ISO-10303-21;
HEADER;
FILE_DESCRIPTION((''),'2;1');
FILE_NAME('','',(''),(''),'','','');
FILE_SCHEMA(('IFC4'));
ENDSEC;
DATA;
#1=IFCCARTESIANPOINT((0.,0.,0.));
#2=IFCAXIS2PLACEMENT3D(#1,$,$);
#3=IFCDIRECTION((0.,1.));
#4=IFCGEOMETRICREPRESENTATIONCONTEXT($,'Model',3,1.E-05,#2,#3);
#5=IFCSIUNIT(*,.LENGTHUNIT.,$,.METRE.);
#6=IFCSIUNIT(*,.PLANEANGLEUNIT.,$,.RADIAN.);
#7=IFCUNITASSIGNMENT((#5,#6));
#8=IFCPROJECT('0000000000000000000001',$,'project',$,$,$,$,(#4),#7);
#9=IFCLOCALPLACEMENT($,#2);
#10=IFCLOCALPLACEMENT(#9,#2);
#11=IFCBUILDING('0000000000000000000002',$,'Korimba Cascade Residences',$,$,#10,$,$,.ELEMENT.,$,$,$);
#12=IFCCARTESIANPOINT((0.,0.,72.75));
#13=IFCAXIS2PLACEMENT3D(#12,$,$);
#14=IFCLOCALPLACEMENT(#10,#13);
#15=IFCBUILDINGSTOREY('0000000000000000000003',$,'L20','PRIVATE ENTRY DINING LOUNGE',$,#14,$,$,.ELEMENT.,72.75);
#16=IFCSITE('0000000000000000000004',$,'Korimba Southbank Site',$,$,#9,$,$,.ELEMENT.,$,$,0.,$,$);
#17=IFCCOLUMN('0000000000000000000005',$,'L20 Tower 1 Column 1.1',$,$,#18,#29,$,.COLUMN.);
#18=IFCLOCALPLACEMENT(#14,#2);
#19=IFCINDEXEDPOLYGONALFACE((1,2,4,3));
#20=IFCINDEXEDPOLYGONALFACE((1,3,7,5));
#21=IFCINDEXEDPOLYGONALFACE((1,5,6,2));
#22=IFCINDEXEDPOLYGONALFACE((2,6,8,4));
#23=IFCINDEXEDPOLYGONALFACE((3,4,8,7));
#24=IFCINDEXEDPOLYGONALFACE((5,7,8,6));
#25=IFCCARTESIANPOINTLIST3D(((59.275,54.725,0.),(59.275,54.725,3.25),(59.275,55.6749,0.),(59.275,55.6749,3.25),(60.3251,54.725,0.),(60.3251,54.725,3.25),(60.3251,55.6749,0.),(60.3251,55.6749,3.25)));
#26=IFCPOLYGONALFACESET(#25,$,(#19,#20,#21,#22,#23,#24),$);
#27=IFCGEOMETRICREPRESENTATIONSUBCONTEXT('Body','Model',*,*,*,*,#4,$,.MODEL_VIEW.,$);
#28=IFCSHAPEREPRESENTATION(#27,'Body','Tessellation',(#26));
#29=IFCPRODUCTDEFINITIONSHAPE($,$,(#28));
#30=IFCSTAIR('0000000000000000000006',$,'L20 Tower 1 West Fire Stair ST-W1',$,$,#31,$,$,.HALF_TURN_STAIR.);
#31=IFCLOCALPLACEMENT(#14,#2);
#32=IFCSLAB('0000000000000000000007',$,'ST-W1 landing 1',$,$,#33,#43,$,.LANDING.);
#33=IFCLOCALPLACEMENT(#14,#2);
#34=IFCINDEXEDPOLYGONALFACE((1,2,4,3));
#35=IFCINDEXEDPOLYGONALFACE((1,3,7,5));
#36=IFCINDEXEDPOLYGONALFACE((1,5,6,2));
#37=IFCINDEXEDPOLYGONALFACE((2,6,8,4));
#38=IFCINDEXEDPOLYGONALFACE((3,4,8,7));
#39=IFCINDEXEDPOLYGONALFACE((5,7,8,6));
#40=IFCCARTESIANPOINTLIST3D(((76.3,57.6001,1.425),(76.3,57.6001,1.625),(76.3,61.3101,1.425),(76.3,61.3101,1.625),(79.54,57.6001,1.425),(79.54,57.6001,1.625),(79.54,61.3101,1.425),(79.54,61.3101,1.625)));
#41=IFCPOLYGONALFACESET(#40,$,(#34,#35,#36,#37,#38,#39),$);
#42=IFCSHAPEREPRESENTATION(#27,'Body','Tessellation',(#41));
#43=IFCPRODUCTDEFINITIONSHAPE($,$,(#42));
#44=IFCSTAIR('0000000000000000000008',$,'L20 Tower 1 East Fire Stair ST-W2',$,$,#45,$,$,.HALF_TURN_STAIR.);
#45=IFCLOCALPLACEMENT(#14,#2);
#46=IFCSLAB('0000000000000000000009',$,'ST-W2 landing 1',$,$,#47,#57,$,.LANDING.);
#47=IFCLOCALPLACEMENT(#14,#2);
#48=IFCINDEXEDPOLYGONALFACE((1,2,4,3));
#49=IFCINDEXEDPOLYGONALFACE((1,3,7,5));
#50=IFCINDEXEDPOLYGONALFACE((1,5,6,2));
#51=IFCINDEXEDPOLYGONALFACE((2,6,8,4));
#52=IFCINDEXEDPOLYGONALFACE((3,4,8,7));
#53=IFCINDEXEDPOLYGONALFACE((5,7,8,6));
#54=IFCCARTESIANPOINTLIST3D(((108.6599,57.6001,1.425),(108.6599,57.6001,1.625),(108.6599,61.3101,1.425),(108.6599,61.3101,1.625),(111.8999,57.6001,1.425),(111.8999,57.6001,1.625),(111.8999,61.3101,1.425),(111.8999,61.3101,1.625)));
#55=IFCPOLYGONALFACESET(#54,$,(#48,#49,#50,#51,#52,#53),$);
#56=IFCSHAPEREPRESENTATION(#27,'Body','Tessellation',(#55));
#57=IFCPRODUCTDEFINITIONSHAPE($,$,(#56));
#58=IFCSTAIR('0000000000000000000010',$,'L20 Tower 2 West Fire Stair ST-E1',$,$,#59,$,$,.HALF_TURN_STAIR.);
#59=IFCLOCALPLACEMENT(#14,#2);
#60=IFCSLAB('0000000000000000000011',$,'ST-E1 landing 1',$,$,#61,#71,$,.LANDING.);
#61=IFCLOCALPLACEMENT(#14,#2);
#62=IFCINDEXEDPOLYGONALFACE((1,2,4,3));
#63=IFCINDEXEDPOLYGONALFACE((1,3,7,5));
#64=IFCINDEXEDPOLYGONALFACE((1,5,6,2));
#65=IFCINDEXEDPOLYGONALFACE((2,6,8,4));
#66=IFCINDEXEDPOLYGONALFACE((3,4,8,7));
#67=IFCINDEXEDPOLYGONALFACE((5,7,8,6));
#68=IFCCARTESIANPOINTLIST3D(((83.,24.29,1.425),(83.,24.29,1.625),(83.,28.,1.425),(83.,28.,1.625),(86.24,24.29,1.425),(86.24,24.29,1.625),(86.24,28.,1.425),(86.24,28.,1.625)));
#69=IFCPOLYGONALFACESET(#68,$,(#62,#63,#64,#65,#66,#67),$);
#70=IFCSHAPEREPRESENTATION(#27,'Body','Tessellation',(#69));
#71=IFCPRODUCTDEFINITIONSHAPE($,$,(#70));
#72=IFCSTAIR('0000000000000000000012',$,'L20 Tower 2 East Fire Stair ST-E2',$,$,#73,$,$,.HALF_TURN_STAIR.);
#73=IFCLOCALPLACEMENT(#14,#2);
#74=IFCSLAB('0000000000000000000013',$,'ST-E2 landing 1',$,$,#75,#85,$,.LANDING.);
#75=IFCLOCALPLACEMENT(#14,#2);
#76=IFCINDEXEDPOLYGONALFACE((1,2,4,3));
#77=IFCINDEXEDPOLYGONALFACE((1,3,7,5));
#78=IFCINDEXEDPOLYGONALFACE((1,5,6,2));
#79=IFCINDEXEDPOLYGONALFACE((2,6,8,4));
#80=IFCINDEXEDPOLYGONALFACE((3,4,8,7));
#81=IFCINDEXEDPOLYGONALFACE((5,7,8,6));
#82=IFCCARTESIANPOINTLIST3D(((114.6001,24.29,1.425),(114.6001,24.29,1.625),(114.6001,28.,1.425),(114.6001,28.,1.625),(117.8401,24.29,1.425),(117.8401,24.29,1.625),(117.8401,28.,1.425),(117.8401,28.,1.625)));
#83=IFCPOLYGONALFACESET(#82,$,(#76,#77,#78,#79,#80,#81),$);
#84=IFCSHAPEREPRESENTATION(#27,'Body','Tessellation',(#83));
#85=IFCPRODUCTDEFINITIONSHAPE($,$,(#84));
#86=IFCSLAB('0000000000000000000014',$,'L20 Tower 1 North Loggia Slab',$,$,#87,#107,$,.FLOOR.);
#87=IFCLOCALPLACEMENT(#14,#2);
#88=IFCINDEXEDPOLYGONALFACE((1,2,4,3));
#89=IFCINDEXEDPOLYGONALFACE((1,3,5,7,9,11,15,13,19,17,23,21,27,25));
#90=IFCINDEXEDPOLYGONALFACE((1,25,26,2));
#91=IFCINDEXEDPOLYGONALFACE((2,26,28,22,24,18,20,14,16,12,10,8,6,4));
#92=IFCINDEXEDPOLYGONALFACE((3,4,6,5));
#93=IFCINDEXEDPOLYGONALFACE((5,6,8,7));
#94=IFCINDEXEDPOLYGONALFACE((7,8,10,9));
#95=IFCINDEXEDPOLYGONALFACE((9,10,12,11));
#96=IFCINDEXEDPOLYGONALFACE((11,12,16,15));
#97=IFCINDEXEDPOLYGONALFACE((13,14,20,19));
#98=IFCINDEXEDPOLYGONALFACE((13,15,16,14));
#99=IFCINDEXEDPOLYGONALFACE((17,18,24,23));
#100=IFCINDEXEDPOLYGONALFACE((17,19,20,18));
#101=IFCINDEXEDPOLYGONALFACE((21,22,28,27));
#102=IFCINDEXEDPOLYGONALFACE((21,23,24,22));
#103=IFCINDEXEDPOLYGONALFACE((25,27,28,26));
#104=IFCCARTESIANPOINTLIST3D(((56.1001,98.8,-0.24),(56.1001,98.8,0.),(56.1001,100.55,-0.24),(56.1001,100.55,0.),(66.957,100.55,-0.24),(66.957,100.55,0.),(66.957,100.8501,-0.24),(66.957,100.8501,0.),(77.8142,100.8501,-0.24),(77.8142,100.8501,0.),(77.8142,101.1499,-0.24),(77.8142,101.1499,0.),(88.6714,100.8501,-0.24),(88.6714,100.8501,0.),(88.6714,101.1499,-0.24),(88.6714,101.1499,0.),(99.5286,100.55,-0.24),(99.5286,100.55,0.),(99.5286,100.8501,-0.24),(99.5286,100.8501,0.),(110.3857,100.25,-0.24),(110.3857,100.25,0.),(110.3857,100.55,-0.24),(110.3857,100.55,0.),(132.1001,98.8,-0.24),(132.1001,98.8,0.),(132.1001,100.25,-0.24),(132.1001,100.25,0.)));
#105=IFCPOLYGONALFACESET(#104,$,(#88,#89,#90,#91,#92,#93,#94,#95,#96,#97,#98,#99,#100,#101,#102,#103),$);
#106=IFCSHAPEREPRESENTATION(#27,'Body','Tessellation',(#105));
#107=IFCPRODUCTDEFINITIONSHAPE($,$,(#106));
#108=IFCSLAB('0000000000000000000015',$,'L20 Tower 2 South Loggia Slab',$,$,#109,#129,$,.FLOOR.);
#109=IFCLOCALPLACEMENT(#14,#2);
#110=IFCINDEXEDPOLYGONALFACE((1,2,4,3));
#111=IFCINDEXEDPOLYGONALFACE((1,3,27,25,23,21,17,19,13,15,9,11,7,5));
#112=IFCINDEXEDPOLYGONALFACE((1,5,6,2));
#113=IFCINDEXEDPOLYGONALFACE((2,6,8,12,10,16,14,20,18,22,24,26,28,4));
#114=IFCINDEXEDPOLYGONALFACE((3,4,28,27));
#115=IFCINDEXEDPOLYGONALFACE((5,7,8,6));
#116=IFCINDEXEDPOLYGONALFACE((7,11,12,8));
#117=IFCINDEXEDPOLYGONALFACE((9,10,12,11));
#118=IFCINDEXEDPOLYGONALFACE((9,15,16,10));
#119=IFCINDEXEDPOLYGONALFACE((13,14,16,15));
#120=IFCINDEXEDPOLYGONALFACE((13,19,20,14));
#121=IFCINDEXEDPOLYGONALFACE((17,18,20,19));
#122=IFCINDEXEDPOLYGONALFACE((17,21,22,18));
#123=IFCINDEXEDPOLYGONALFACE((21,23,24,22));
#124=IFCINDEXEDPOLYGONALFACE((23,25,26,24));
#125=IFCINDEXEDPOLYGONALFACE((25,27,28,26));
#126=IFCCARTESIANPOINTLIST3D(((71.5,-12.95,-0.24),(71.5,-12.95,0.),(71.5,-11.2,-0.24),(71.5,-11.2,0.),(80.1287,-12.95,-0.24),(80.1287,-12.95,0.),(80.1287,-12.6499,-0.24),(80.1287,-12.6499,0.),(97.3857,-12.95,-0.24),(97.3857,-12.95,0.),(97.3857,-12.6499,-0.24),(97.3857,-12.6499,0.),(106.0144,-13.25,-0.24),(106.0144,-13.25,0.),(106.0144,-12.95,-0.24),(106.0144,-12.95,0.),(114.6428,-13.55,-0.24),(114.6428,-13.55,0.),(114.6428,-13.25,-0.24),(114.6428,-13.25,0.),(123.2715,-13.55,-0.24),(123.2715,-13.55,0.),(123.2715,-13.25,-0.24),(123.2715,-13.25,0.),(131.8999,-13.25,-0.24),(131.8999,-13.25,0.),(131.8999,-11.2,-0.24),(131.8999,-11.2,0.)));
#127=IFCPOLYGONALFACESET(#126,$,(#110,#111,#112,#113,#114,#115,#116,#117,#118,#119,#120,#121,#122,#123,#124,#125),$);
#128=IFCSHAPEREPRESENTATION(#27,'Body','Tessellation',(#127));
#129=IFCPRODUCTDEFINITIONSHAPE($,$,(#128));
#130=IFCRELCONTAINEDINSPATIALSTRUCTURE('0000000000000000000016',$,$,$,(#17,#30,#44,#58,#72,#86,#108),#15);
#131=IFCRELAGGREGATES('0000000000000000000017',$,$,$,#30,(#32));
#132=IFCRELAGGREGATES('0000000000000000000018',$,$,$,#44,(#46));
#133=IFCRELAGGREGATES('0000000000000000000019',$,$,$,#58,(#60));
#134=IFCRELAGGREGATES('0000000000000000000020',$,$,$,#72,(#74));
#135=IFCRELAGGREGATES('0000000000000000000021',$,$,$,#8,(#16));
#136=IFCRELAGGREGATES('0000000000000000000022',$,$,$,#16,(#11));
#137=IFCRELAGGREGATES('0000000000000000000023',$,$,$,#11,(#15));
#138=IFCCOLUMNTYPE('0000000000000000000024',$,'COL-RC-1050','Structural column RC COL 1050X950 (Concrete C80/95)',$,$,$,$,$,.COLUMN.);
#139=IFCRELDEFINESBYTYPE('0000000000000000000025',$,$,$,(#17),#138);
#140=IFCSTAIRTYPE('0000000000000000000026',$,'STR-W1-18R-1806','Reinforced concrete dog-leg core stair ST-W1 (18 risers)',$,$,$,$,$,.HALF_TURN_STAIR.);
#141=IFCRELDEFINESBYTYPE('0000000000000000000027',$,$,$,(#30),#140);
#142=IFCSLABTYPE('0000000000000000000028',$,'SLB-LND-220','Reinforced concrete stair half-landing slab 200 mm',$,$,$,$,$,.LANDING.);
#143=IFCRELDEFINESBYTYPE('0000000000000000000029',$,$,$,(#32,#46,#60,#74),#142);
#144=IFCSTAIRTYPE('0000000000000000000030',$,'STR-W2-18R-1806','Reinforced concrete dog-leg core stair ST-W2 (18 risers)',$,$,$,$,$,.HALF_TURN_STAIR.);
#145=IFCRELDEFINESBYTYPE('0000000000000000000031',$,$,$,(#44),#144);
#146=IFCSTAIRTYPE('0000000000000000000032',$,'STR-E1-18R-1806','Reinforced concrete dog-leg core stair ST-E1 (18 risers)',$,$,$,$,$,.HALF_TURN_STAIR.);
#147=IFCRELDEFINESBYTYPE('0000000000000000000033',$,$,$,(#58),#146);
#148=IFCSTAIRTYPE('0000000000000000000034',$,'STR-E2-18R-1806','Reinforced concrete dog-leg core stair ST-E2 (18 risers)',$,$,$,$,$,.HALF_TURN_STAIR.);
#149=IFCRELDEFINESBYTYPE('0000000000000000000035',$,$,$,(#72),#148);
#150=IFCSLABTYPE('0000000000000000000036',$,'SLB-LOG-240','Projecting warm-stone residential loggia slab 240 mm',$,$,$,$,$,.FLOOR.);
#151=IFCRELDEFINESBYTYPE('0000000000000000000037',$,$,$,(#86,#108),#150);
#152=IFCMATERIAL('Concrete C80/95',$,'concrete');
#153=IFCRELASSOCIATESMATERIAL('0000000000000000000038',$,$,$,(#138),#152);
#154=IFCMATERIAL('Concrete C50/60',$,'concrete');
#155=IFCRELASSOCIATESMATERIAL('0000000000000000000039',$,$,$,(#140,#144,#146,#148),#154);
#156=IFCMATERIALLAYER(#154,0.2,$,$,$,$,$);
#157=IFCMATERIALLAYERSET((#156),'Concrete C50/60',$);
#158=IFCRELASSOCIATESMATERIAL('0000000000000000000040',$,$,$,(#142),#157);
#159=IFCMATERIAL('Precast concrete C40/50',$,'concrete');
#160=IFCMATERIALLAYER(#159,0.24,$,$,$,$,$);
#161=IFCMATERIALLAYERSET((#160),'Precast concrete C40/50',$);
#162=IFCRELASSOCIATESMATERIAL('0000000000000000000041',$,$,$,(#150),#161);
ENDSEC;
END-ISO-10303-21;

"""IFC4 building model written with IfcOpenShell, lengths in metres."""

from ifc_helpers import new_model, si_unit, direction, frame, origin, origin_2d, place, context, subcontext, project, spatial, polyline, rectangle, outline, extrude, material, layer, layer_set, material_profile, profile_set, type_object, element, aggregate, save


model = new_model("IFC4")

# Units and contexts
model_context = context("Model", 3, precision=1e-05, world=origin(), true_north=direction((0.0, 1.0)))
body_context = subcontext(model_context, "Body", "Model", "MODEL_VIEW")
ifc_project = project(units=[si_unit("LENGTHUNIT", "METRE"), si_unit("PLANEANGLEUNIT", "RADIAN")], contexts=[model_context])

# Site, building, storey
site_placement = place(None, origin())
site = spatial("IfcSite", under=ifc_project, at=site_placement, Name="Korimba Southbank Site", CompositionType="ELEMENT", RefElevation=0.0)
building_placement = place(site_placement, origin())
building = spatial("IfcBuilding", under=site, at=building_placement, Name="Korimba Cascade Residences", CompositionType="ELEMENT")
storey_placement = place(building_placement, frame((0.0, 0.0, 72.75)))
storey = spatial("IfcBuildingStorey", under=building, at=storey_placement, Name="L20", Description="PRIVATE ENTRY DINING LOUNGE", CompositionType="ELEMENT", Elevation=72.75)

# Column
ifc_material_1 = material(Name="Concrete C80/95", Category="concrete")
ifc_material_profile = material_profile(ifc_material_1, rectangle(XDim=1.05, YDim=0.95, at=origin_2d()), Name="Concrete C80/95")
ifc_profile_set = profile_set([ifc_material_profile], Name="Concrete C80/95")
column_type = type_object("IfcColumnType", Name="COL-RC-1050", Description="Structural column RC COL 1050X950 (Concrete C80/95)", PredefinedType="COLUMN", material=ifc_profile_set)
column_placement = place(storey_placement, frame((59.8, 55.2, 0.0), z_axis=(0.0, 0.0, 1.0), x_axis=(1.0, 0.0, 0.0)))
element("IfcColumn", 1, at=column_placement, inside=storey, type_object=column_type, Name="L20 Tower 1 Column 1.1", PredefinedType="COLUMN", context=body_context, shape_type="SweptSolid", body=[
    extrude(rectangle(XDim=1.05, YDim=0.95, at=origin_2d()), origin(), (0.0, 0.0, 1.0), 3.25),
])

# Stairs, slabs
ifc_material_2 = material(Name="Concrete C50/60", Category="concrete")
stair_type_1 = type_object("IfcStairType", Name="STR-W1-18R-1806", Description="Reinforced concrete dog-leg core stair ST-W1 (18 risers)", PredefinedType="HALF_TURN_STAIR", material=ifc_material_2)
stair_1_placement = place(storey_placement, origin())
stair_1 = element("IfcStair", 2, at=stair_1_placement, inside=storey, type_object=stair_type_1, Name="L20 Tower 1 West Fire Stair ST-W1", PredefinedType="HALF_TURN_STAIR")
ifc_layer_1 = layer(ifc_material_2, 0.2)
ifc_layer_set_1 = layer_set([ifc_layer_1], Name="Concrete C50/60")
slab_type_1 = type_object("IfcSlabType", Name="SLB-LND-220", Description="Reinforced concrete stair half-landing slab 200 mm", PredefinedType="LANDING", material=ifc_layer_set_1)
slab_1_placement = place(storey_placement, frame((0.0, 0.0, 1.425)))
slab_1 = element("IfcSlab", 3, at=slab_1_placement, type_object=slab_type_1, Name="ST-W1 landing 1", PredefinedType="LANDING", context=body_context, shape_type="SweptSolid", body=[
    extrude(outline(polyline([(76.3, 61.3101), (76.3, 57.6001), (79.54, 57.6001), (79.54, 61.3101), (76.3, 61.3101)])), origin(), (0.0, 0.0, 1.0), 0.2),
])
aggregate(stair_1, [slab_1])
stair_type_2 = type_object("IfcStairType", Name="STR-W2-18R-1806", Description="Reinforced concrete dog-leg core stair ST-W2 (18 risers)", PredefinedType="HALF_TURN_STAIR", material=ifc_material_2)
stair_2_placement = place(storey_placement, origin())
stair_2 = element("IfcStair", 4, at=stair_2_placement, inside=storey, type_object=stair_type_2, Name="L20 Tower 1 East Fire Stair ST-W2", PredefinedType="HALF_TURN_STAIR")
slab_2_placement = place(storey_placement, frame((0.0, 0.0, 1.425)))
slab_2 = element("IfcSlab", 5, at=slab_2_placement, type_object=slab_type_1, Name="ST-W2 landing 1", PredefinedType="LANDING", context=body_context, shape_type="SweptSolid", body=[
    extrude(outline(polyline([(108.6599, 61.3101), (108.6599, 57.6001), (111.8999, 57.6001), (111.8999, 61.3101), (108.6599, 61.3101)])), origin(), (0.0, 0.0, 1.0), 0.2),
])
aggregate(stair_2, [slab_2])
stair_type_3 = type_object("IfcStairType", Name="STR-E1-18R-1806", Description="Reinforced concrete dog-leg core stair ST-E1 (18 risers)", PredefinedType="HALF_TURN_STAIR", material=ifc_material_2)
stair_3_placement = place(storey_placement, origin())
stair_3 = element("IfcStair", 6, at=stair_3_placement, inside=storey, type_object=stair_type_3, Name="L20 Tower 2 West Fire Stair ST-E1", PredefinedType="HALF_TURN_STAIR")
slab_3_placement = place(storey_placement, frame((0.0, 0.0, 1.425)))
slab_3 = element("IfcSlab", 7, at=slab_3_placement, type_object=slab_type_1, Name="ST-E1 landing 1", PredefinedType="LANDING", context=body_context, shape_type="SweptSolid", body=[
    extrude(outline(polyline([(86.24, 24.29), (86.24, 28.0), (83.0, 28.0), (83.0, 24.29), (86.24, 24.29)])), origin(), (0.0, 0.0, 1.0), 0.2),
])
aggregate(stair_3, [slab_3])
stair_type_4 = type_object("IfcStairType", Name="STR-E2-18R-1806", Description="Reinforced concrete dog-leg core stair ST-E2 (18 risers)", PredefinedType="HALF_TURN_STAIR", material=ifc_material_2)
stair_4_placement = place(storey_placement, origin())
stair_4 = element("IfcStair", 8, at=stair_4_placement, inside=storey, type_object=stair_type_4, Name="L20 Tower 2 East Fire Stair ST-E2", PredefinedType="HALF_TURN_STAIR")
slab_4_placement = place(storey_placement, frame((0.0, 0.0, 1.425)))
slab_4 = element("IfcSlab", 9, at=slab_4_placement, type_object=slab_type_1, Name="ST-E2 landing 1", PredefinedType="LANDING", context=body_context, shape_type="SweptSolid", body=[
    extrude(outline(polyline([(117.8401, 24.29), (117.8401, 28.0), (114.6001, 28.0), (114.6001, 24.29), (117.8401, 24.29)])), origin(), (0.0, 0.0, 1.0), 0.2),
])
aggregate(stair_4, [slab_4])

# Slabs
ifc_material_3 = material(Name="Precast concrete C40/50", Category="concrete")
ifc_layer_2 = layer(ifc_material_3, 0.24)
ifc_layer_set_2 = layer_set([ifc_layer_2], Name="Precast concrete C40/50")
slab_type_2 = type_object("IfcSlabType", Name="SLB-LOG-240", Description="Projecting warm-stone residential loggia slab 240 mm", PredefinedType="FLOOR", material=ifc_layer_set_2)
slab_5_placement = place(storey_placement, frame((0.0, 0.0, -0.24)))
element("IfcSlab", 10, at=slab_5_placement, inside=storey, type_object=slab_type_2, Name="L20 Tower 1 North Loggia Slab", PredefinedType="FLOOR", context=body_context, shape_type="SweptSolid", body=[
    extrude(outline(polyline([(56.1001, 98.8), (132.1001, 98.8), (132.1001, 100.25), (110.3857, 100.25), (110.3857, 100.55), (99.5286, 100.55), (99.5286, 100.8501), (88.6714, 100.8501), (88.6714, 101.1499), (77.8142, 101.1499), (77.8142, 100.8501), (66.957, 100.8501), (66.957, 100.55), (56.1001, 100.55), (56.1001, 98.8)])), origin(), (0.0, 0.0, 1.0), 0.24),
])
slab_6_placement = place(storey_placement, frame((0.0, 0.0, -0.24)))
element("IfcSlab", 11, at=slab_6_placement, inside=storey, type_object=slab_type_2, Name="L20 Tower 2 South Loggia Slab", PredefinedType="FLOOR", context=body_context, shape_type="SweptSolid", body=[
    extrude(outline(polyline([(71.5, -12.95), (80.1287, -12.95), (80.1287, -12.6499), (97.3857, -12.6499), (97.3857, -12.95), (106.0144, -12.95), (106.0144, -13.25), (114.6428, -13.25), (114.6428, -13.55), (123.2715, -13.55), (123.2715, -13.25), (131.8999, -13.25), (131.8999, -11.2), (71.5, -11.2), (71.5, -12.95)])), origin(), (0.0, 0.0, 1.0), 0.24),
])

save(model, "model.ifc")
